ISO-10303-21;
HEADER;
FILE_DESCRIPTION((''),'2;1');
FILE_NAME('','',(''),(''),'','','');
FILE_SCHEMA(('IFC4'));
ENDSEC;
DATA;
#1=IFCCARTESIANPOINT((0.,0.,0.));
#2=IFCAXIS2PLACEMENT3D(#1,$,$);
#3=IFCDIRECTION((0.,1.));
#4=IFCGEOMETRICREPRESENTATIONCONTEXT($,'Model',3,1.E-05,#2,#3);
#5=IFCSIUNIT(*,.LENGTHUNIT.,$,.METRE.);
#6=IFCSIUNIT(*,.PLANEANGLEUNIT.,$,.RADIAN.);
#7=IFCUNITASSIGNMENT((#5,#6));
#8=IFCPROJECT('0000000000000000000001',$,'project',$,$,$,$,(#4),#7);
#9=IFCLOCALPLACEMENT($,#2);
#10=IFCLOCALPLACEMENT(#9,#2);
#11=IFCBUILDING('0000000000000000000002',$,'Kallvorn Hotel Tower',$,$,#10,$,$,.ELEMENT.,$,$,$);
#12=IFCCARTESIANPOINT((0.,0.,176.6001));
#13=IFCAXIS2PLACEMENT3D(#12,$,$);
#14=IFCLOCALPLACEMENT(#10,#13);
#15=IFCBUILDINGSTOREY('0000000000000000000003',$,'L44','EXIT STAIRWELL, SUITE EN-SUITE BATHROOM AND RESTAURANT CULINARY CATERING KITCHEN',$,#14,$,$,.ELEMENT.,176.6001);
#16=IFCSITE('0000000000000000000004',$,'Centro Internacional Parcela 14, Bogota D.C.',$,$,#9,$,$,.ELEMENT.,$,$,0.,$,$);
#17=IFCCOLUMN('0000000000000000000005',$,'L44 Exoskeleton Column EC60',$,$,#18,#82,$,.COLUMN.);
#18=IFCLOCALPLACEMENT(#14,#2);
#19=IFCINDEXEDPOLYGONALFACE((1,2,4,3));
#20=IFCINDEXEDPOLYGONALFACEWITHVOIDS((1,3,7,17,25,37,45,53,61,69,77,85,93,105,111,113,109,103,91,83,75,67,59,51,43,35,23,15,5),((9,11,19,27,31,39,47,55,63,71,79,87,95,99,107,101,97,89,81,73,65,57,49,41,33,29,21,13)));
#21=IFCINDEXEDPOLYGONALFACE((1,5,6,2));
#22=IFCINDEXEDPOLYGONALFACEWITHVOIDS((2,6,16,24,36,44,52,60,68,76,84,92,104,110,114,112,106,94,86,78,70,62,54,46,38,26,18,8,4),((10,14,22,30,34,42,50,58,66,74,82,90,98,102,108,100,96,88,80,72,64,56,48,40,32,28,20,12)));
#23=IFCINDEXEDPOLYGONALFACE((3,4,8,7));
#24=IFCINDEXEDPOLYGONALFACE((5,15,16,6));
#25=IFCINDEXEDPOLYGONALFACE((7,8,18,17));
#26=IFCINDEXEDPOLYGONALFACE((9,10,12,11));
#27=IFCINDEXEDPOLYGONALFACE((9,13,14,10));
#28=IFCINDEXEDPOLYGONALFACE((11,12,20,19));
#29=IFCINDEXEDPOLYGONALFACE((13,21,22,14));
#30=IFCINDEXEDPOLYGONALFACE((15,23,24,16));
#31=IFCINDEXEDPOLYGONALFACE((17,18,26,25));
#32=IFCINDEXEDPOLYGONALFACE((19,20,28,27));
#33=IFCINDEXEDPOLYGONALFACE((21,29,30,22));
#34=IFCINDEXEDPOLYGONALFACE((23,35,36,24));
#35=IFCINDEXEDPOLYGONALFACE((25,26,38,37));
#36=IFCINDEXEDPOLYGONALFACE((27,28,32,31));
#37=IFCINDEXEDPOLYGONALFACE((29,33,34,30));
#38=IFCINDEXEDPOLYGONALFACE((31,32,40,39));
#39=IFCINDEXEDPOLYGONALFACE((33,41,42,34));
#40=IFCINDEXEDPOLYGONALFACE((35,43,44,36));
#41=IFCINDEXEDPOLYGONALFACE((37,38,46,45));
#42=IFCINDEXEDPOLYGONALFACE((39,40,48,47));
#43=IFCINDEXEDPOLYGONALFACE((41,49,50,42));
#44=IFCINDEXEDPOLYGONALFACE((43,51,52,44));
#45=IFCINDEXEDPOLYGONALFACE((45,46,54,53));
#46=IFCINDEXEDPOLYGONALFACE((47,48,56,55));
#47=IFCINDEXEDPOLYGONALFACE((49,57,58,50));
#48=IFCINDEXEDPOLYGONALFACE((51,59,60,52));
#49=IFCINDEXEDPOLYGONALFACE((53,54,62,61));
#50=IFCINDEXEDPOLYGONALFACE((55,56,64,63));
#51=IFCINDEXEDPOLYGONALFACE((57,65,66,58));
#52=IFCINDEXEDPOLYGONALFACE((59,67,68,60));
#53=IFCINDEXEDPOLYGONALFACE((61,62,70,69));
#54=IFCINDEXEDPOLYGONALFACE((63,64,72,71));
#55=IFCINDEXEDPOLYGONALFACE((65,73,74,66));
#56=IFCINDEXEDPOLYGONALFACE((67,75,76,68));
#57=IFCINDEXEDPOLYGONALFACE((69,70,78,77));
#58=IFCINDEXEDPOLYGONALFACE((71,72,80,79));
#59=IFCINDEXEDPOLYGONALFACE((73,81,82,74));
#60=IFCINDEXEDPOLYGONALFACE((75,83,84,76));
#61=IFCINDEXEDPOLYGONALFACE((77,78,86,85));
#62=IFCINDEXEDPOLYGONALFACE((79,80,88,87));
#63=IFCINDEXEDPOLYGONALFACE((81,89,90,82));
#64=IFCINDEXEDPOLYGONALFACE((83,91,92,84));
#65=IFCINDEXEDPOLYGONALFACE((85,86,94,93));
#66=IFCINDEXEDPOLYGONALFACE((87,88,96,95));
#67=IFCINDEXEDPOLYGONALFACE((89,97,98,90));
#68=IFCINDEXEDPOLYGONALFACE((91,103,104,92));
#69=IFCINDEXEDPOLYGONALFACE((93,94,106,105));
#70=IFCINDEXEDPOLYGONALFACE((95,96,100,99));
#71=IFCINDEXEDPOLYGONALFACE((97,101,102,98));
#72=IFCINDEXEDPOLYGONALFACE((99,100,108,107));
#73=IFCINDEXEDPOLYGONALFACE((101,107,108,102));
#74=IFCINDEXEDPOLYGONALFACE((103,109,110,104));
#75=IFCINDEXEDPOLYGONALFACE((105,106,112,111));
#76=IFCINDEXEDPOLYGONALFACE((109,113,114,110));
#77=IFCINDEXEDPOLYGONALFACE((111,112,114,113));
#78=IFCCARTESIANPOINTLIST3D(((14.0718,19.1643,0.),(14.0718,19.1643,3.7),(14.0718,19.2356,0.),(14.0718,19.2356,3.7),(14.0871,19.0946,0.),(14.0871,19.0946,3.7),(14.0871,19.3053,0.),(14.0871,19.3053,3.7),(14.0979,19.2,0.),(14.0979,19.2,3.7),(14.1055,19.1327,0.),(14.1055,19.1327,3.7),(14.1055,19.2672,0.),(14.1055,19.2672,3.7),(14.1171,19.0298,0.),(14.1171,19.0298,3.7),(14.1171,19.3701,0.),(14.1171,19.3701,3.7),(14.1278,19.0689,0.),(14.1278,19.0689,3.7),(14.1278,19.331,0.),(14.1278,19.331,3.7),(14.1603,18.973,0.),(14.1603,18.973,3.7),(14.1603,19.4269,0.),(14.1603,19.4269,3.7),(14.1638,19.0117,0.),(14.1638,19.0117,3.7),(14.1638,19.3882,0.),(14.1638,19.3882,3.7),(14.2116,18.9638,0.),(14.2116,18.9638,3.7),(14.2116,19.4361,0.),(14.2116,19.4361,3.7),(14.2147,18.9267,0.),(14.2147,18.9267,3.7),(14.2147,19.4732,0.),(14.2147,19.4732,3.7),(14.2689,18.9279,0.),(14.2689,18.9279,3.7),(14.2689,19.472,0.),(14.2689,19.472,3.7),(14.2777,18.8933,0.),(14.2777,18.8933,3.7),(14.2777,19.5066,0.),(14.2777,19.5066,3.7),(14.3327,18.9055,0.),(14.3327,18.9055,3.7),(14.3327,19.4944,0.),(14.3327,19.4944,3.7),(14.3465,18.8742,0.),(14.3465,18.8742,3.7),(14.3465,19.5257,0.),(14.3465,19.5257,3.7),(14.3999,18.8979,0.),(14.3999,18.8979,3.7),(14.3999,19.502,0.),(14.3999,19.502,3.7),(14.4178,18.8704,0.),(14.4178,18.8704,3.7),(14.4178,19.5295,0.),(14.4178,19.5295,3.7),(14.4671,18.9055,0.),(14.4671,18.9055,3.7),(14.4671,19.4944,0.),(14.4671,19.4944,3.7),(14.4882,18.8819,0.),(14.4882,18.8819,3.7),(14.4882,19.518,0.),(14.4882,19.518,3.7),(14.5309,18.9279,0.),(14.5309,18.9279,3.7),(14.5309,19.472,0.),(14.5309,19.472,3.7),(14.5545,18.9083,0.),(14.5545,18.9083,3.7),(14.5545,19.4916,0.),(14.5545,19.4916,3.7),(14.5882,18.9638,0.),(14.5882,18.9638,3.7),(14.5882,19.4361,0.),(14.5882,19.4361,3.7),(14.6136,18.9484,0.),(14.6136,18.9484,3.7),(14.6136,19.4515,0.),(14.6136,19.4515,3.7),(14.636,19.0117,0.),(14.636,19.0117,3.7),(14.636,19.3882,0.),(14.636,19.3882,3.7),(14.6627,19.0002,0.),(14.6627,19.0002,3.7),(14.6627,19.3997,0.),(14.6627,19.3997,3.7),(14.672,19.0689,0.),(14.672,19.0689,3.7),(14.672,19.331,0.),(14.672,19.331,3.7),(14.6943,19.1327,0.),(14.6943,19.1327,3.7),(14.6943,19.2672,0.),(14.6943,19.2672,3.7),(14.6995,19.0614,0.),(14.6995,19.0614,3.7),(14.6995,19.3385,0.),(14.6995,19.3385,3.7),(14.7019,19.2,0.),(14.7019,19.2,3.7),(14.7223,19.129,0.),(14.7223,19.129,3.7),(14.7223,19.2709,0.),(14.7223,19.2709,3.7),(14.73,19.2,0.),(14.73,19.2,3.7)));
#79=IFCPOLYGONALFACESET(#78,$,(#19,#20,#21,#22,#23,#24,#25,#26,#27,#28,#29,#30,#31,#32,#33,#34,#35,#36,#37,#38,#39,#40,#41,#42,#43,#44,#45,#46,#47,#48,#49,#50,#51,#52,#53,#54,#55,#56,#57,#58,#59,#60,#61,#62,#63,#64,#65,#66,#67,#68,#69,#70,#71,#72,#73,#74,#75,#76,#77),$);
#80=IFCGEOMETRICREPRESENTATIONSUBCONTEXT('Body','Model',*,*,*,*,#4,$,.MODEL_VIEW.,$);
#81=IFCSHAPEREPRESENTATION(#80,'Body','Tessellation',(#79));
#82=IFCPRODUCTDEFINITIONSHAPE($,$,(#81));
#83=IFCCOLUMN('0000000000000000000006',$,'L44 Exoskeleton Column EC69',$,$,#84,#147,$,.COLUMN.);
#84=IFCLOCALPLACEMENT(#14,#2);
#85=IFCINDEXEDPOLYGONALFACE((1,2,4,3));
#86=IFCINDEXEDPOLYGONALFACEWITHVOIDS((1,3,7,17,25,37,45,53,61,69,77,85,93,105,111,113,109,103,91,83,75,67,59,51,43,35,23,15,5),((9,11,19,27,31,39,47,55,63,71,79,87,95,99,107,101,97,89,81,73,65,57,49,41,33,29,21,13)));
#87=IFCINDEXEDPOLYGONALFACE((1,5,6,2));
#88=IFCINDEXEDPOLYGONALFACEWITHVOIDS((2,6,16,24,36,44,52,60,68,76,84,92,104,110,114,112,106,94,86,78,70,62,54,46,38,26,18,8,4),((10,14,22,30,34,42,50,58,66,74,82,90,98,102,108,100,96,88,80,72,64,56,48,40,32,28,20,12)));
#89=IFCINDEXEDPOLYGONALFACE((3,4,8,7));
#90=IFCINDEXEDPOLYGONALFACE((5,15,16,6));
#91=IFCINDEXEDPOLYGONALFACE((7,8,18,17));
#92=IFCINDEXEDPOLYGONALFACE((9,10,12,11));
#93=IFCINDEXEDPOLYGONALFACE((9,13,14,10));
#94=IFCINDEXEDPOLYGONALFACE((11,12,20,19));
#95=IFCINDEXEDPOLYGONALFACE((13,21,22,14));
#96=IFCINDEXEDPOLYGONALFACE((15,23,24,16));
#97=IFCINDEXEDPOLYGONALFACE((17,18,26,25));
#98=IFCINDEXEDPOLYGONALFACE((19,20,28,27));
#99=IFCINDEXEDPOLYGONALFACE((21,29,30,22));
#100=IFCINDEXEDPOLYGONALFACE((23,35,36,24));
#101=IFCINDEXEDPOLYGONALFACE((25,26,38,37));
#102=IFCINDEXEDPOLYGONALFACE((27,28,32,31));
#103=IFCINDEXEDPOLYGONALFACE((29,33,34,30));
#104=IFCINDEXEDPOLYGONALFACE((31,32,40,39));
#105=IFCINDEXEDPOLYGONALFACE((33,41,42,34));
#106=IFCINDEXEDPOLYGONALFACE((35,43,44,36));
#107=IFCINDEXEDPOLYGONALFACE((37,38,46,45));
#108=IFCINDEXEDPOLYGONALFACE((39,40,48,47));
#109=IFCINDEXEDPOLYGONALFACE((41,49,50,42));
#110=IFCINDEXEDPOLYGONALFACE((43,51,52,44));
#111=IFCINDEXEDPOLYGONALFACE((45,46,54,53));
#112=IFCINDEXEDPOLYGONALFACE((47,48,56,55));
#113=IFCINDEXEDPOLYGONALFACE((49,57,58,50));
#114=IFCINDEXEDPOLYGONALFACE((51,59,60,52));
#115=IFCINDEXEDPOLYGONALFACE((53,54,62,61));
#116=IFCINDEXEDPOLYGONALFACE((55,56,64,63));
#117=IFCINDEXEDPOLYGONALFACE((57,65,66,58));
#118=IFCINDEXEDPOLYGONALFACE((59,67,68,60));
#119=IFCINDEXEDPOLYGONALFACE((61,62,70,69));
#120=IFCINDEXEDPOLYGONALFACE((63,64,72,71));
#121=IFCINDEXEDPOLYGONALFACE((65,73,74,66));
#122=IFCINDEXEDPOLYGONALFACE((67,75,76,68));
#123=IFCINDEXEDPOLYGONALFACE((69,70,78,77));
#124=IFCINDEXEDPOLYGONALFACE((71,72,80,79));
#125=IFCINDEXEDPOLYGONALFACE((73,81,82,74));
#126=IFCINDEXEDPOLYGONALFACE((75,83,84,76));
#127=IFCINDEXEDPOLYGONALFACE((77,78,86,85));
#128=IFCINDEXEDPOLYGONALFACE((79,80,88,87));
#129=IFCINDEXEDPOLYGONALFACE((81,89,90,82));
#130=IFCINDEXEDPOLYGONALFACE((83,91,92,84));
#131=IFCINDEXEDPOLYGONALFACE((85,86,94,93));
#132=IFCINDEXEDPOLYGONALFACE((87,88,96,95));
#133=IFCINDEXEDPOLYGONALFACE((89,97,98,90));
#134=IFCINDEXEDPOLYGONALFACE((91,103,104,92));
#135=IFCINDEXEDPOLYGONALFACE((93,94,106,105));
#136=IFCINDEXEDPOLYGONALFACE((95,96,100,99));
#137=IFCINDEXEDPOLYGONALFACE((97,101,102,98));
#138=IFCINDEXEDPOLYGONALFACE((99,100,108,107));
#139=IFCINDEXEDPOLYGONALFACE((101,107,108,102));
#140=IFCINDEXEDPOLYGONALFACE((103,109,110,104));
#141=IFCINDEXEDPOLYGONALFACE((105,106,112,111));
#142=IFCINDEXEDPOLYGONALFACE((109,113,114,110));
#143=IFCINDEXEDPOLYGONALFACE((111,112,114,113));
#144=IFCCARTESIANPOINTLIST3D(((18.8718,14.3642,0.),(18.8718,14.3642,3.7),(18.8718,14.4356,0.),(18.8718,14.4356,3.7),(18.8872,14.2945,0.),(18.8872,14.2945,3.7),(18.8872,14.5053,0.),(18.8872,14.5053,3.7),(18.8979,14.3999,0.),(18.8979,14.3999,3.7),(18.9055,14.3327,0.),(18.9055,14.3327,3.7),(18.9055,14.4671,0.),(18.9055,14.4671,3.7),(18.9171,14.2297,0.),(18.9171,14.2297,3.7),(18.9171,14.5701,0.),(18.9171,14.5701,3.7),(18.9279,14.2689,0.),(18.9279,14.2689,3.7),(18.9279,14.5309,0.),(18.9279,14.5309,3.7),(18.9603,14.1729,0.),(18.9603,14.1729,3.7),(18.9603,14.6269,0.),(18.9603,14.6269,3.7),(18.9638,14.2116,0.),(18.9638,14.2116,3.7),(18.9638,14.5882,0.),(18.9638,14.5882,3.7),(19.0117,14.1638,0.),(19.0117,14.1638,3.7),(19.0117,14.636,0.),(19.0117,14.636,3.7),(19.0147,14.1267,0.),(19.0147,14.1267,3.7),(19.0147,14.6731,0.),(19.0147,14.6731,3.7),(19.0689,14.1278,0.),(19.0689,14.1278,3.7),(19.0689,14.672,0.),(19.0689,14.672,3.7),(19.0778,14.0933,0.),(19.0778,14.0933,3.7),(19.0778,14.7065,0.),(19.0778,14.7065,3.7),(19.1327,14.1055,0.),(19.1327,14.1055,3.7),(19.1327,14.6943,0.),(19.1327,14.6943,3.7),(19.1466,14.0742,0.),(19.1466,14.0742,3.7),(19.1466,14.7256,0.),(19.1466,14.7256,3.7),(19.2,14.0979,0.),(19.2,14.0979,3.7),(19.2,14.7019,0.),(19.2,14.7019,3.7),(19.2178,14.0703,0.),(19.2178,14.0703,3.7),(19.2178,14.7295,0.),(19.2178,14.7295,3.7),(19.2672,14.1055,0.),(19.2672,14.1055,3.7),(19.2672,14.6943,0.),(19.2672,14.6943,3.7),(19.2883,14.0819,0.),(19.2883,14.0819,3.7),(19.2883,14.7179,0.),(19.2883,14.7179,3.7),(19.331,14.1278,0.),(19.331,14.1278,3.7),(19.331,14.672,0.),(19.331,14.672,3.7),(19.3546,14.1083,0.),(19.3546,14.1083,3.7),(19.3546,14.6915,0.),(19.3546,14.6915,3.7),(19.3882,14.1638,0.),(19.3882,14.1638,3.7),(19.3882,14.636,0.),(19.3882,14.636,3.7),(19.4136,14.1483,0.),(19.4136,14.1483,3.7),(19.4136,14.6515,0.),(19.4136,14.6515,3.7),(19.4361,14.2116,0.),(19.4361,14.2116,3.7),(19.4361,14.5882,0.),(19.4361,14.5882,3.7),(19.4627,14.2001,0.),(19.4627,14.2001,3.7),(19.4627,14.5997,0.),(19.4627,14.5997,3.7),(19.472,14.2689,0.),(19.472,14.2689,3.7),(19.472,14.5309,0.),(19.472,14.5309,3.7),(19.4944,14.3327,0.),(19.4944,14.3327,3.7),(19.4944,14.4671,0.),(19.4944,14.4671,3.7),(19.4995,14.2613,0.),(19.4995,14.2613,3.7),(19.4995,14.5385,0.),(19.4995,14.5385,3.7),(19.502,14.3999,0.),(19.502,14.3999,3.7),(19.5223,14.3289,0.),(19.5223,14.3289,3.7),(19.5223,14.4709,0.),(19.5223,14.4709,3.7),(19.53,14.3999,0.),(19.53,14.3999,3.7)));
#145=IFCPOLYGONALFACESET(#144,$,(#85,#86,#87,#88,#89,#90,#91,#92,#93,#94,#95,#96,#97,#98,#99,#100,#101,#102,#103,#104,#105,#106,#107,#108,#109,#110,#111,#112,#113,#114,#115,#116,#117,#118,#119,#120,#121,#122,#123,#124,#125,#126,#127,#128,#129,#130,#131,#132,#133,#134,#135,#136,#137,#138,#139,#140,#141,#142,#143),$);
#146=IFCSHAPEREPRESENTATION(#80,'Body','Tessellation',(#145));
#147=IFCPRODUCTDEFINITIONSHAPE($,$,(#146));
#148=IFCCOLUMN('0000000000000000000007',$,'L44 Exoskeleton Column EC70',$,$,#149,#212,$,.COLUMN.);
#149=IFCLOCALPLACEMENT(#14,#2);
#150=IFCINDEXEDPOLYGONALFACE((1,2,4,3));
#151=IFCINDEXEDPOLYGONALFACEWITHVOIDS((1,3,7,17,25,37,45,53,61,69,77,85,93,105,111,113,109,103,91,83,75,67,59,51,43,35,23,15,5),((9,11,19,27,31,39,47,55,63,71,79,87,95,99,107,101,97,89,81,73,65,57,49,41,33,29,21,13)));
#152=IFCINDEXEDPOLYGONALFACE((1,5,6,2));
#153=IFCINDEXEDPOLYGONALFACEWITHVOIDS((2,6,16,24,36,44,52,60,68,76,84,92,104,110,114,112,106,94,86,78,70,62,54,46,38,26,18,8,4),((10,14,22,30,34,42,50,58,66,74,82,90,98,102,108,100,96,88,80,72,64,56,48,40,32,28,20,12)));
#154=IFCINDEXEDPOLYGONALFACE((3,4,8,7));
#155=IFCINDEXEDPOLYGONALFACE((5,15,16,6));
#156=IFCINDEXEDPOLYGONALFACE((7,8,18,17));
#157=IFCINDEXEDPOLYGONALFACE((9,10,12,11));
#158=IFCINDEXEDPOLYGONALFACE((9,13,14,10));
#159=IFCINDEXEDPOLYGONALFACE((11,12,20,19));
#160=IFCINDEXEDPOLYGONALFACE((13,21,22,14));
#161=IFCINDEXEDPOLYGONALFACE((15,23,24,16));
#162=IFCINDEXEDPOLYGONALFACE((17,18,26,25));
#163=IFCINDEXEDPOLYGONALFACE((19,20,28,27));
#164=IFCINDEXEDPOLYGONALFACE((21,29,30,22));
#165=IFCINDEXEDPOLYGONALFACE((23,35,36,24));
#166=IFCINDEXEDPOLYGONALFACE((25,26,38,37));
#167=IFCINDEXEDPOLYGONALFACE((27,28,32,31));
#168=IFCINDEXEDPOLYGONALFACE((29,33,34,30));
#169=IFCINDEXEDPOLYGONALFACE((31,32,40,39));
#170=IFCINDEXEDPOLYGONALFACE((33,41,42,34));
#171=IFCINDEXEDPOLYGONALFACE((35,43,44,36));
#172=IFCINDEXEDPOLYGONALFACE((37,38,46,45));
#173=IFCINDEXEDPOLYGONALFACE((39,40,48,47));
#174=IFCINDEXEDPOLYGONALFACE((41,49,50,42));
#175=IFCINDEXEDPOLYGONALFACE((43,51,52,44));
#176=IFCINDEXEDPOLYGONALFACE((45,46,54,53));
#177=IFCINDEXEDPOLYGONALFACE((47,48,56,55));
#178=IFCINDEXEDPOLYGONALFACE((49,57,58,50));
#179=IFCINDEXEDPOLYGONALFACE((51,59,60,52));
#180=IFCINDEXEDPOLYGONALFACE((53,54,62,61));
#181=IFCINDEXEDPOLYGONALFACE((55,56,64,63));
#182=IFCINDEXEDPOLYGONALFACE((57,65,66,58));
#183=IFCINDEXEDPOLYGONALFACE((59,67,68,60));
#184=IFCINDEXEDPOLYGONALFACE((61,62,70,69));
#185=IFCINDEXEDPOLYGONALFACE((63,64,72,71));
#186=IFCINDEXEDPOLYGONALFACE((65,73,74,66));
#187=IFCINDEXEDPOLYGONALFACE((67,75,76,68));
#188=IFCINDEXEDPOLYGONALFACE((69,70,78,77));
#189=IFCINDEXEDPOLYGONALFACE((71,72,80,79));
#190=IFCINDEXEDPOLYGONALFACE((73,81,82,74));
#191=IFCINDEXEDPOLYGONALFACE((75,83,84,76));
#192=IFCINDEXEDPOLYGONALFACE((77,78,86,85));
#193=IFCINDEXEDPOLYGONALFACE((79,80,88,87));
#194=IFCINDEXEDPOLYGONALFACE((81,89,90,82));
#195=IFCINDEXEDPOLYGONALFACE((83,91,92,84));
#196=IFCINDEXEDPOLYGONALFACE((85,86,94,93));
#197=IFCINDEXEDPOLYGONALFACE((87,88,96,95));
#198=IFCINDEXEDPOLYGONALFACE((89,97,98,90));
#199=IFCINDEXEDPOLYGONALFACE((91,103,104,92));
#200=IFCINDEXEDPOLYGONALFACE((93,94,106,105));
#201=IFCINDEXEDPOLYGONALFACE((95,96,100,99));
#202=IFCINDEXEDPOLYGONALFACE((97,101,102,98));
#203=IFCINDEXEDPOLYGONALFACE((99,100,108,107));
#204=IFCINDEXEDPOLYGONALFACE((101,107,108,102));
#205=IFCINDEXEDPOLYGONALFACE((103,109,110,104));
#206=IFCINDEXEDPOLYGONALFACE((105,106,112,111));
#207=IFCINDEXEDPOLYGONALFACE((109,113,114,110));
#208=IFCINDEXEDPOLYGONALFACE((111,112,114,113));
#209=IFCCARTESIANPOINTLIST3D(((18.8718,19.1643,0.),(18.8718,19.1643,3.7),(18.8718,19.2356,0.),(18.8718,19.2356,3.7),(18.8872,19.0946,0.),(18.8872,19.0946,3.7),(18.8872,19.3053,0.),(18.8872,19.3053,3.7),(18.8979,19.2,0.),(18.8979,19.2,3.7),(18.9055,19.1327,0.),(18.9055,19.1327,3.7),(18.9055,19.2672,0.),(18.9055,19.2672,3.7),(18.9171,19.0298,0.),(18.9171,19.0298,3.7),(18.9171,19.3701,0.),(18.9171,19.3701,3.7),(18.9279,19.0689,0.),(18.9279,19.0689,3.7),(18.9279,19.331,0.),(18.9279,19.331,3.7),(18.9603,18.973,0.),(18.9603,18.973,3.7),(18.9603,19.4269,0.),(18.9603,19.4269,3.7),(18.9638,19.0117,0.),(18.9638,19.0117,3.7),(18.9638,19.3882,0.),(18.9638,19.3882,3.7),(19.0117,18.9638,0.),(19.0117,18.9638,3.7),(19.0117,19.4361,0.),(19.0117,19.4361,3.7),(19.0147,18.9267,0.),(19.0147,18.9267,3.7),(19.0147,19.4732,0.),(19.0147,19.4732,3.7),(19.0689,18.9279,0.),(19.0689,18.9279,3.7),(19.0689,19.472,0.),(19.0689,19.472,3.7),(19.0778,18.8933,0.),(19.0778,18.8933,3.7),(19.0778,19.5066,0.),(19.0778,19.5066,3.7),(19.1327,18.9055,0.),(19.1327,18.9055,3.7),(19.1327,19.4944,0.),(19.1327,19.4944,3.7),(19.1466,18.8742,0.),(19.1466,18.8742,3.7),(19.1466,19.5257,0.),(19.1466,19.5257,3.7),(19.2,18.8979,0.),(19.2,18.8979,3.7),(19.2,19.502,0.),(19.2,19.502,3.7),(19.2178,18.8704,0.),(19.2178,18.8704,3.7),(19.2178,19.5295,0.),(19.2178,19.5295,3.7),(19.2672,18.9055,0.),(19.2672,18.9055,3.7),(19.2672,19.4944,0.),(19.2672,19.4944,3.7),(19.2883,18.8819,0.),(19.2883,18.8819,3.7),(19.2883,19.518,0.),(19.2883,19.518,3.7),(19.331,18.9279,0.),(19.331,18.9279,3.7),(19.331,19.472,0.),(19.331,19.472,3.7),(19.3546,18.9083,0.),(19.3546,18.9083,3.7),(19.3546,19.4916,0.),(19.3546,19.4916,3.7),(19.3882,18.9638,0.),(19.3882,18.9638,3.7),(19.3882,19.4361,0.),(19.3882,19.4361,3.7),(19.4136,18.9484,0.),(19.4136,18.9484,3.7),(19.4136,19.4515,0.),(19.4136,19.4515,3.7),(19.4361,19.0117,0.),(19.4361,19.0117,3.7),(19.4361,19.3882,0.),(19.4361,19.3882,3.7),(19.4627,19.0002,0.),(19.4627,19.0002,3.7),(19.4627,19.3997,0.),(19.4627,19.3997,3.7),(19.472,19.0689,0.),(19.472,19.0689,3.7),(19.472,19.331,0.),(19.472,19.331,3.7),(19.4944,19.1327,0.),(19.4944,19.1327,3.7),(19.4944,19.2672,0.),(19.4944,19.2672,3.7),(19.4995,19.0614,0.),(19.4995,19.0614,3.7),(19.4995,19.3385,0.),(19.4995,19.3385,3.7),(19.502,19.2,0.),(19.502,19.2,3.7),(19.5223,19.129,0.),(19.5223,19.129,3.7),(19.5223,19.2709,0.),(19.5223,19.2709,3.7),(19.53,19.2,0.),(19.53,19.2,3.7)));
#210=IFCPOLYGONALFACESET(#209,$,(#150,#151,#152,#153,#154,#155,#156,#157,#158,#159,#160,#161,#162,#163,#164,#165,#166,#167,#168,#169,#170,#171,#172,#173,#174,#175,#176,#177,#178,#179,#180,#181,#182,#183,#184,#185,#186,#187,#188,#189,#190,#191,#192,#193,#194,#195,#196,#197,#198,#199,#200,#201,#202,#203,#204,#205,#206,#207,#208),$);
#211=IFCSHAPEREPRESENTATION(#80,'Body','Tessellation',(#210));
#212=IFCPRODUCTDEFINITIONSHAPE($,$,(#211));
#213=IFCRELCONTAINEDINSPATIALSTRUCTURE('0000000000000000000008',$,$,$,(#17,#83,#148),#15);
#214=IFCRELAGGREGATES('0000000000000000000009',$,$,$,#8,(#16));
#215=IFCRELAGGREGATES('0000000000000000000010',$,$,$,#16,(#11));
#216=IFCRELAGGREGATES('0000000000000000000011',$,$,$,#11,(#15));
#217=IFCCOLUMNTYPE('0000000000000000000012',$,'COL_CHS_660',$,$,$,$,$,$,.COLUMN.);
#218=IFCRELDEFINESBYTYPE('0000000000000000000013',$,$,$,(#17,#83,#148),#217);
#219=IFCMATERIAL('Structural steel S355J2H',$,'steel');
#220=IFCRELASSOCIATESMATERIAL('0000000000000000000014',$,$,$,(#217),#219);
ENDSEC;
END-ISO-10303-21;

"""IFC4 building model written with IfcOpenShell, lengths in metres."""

from ifc_helpers import new_model, si_unit, direction, frame, origin, origin_2d, place, context, subcontext, project, spatial, hollow_circle, extrude, material, material_profile, profile_set, type_object, element, save


model = new_model("IFC4")

# Units and contexts
model_context = context("Model", 3, precision=1e-05, world=origin(), true_north=direction((0.0, 1.0)))
body_context = subcontext(model_context, "Body", "Model", "MODEL_VIEW")
ifc_project = project(units=[si_unit("LENGTHUNIT", "METRE"), si_unit("PLANEANGLEUNIT", "RADIAN")], contexts=[model_context])

# Site, building, storey
site_placement = place(None, origin())
site = spatial("IfcSite", under=ifc_project, at=site_placement, Name="Centro Internacional Parcela 14, Bogota D.C.", CompositionType="ELEMENT", RefElevation=0.0)
building_placement = place(site_placement, origin())
building = spatial("IfcBuilding", under=site, at=building_placement, Name="Kallvorn Hotel Tower", CompositionType="ELEMENT")
storey_placement = place(building_placement, frame((0.0, 0.0, 176.6001)))
storey = spatial("IfcBuildingStorey", under=building, at=storey_placement, Name="L44", Description="EXIT STAIRWELL, SUITE EN-SUITE BATHROOM AND RESTAURANT CULINARY CATERING KITCHEN", CompositionType="ELEMENT", Elevation=176.6001)

# Columns
ifc_material_1 = material(Name="Structural steel S355J2H", Category="steel")
ifc_material_profile_1 = material_profile(ifc_material_1, hollow_circle(Radius=0.3301, WallThickness=0.0281, at=origin_2d()), Name="CHS 660x28")
ifc_profile_set_1 = profile_set([ifc_material_profile_1], Name="Structural steel S355J2H")
column_type_1 = type_object("IfcColumnType", Name="COL_CHS_660", PredefinedType="COLUMN", material=ifc_profile_set_1)
for number, where, z_axis, x_axis, name in (
    (1, (14.3999, 19.2, 0.0), (0.0, 0.0, 1.0), (1.0, 0.0, 0.0), "L44 Exoskeleton Column EC60"),
    (2, (19.2, 14.3999, 0.0), (0.0, 0.0, 1.0), (1.0, 0.0, 0.0), "L44 Exoskeleton Column EC69"),
    (3, (19.2, 19.2, 0.0), (0.0, 0.0, 1.0), (1.0, 0.0, 0.0), "L44 Exoskeleton Column EC70"),
):
    element("IfcColumn", number, at=place(storey_placement, frame(where, z_axis=z_axis, x_axis=x_axis)), inside=storey, type_object=column_type_1, Name=name, PredefinedType="COLUMN", context=body_context, shape_type="SweptSolid", body=[
        extrude(hollow_circle(Radius=0.3301, WallThickness=0.0281, at=origin_2d()), origin(), (0.0, 0.0, 1.0), 3.7),
    ])

save(model, "model.ifc")
